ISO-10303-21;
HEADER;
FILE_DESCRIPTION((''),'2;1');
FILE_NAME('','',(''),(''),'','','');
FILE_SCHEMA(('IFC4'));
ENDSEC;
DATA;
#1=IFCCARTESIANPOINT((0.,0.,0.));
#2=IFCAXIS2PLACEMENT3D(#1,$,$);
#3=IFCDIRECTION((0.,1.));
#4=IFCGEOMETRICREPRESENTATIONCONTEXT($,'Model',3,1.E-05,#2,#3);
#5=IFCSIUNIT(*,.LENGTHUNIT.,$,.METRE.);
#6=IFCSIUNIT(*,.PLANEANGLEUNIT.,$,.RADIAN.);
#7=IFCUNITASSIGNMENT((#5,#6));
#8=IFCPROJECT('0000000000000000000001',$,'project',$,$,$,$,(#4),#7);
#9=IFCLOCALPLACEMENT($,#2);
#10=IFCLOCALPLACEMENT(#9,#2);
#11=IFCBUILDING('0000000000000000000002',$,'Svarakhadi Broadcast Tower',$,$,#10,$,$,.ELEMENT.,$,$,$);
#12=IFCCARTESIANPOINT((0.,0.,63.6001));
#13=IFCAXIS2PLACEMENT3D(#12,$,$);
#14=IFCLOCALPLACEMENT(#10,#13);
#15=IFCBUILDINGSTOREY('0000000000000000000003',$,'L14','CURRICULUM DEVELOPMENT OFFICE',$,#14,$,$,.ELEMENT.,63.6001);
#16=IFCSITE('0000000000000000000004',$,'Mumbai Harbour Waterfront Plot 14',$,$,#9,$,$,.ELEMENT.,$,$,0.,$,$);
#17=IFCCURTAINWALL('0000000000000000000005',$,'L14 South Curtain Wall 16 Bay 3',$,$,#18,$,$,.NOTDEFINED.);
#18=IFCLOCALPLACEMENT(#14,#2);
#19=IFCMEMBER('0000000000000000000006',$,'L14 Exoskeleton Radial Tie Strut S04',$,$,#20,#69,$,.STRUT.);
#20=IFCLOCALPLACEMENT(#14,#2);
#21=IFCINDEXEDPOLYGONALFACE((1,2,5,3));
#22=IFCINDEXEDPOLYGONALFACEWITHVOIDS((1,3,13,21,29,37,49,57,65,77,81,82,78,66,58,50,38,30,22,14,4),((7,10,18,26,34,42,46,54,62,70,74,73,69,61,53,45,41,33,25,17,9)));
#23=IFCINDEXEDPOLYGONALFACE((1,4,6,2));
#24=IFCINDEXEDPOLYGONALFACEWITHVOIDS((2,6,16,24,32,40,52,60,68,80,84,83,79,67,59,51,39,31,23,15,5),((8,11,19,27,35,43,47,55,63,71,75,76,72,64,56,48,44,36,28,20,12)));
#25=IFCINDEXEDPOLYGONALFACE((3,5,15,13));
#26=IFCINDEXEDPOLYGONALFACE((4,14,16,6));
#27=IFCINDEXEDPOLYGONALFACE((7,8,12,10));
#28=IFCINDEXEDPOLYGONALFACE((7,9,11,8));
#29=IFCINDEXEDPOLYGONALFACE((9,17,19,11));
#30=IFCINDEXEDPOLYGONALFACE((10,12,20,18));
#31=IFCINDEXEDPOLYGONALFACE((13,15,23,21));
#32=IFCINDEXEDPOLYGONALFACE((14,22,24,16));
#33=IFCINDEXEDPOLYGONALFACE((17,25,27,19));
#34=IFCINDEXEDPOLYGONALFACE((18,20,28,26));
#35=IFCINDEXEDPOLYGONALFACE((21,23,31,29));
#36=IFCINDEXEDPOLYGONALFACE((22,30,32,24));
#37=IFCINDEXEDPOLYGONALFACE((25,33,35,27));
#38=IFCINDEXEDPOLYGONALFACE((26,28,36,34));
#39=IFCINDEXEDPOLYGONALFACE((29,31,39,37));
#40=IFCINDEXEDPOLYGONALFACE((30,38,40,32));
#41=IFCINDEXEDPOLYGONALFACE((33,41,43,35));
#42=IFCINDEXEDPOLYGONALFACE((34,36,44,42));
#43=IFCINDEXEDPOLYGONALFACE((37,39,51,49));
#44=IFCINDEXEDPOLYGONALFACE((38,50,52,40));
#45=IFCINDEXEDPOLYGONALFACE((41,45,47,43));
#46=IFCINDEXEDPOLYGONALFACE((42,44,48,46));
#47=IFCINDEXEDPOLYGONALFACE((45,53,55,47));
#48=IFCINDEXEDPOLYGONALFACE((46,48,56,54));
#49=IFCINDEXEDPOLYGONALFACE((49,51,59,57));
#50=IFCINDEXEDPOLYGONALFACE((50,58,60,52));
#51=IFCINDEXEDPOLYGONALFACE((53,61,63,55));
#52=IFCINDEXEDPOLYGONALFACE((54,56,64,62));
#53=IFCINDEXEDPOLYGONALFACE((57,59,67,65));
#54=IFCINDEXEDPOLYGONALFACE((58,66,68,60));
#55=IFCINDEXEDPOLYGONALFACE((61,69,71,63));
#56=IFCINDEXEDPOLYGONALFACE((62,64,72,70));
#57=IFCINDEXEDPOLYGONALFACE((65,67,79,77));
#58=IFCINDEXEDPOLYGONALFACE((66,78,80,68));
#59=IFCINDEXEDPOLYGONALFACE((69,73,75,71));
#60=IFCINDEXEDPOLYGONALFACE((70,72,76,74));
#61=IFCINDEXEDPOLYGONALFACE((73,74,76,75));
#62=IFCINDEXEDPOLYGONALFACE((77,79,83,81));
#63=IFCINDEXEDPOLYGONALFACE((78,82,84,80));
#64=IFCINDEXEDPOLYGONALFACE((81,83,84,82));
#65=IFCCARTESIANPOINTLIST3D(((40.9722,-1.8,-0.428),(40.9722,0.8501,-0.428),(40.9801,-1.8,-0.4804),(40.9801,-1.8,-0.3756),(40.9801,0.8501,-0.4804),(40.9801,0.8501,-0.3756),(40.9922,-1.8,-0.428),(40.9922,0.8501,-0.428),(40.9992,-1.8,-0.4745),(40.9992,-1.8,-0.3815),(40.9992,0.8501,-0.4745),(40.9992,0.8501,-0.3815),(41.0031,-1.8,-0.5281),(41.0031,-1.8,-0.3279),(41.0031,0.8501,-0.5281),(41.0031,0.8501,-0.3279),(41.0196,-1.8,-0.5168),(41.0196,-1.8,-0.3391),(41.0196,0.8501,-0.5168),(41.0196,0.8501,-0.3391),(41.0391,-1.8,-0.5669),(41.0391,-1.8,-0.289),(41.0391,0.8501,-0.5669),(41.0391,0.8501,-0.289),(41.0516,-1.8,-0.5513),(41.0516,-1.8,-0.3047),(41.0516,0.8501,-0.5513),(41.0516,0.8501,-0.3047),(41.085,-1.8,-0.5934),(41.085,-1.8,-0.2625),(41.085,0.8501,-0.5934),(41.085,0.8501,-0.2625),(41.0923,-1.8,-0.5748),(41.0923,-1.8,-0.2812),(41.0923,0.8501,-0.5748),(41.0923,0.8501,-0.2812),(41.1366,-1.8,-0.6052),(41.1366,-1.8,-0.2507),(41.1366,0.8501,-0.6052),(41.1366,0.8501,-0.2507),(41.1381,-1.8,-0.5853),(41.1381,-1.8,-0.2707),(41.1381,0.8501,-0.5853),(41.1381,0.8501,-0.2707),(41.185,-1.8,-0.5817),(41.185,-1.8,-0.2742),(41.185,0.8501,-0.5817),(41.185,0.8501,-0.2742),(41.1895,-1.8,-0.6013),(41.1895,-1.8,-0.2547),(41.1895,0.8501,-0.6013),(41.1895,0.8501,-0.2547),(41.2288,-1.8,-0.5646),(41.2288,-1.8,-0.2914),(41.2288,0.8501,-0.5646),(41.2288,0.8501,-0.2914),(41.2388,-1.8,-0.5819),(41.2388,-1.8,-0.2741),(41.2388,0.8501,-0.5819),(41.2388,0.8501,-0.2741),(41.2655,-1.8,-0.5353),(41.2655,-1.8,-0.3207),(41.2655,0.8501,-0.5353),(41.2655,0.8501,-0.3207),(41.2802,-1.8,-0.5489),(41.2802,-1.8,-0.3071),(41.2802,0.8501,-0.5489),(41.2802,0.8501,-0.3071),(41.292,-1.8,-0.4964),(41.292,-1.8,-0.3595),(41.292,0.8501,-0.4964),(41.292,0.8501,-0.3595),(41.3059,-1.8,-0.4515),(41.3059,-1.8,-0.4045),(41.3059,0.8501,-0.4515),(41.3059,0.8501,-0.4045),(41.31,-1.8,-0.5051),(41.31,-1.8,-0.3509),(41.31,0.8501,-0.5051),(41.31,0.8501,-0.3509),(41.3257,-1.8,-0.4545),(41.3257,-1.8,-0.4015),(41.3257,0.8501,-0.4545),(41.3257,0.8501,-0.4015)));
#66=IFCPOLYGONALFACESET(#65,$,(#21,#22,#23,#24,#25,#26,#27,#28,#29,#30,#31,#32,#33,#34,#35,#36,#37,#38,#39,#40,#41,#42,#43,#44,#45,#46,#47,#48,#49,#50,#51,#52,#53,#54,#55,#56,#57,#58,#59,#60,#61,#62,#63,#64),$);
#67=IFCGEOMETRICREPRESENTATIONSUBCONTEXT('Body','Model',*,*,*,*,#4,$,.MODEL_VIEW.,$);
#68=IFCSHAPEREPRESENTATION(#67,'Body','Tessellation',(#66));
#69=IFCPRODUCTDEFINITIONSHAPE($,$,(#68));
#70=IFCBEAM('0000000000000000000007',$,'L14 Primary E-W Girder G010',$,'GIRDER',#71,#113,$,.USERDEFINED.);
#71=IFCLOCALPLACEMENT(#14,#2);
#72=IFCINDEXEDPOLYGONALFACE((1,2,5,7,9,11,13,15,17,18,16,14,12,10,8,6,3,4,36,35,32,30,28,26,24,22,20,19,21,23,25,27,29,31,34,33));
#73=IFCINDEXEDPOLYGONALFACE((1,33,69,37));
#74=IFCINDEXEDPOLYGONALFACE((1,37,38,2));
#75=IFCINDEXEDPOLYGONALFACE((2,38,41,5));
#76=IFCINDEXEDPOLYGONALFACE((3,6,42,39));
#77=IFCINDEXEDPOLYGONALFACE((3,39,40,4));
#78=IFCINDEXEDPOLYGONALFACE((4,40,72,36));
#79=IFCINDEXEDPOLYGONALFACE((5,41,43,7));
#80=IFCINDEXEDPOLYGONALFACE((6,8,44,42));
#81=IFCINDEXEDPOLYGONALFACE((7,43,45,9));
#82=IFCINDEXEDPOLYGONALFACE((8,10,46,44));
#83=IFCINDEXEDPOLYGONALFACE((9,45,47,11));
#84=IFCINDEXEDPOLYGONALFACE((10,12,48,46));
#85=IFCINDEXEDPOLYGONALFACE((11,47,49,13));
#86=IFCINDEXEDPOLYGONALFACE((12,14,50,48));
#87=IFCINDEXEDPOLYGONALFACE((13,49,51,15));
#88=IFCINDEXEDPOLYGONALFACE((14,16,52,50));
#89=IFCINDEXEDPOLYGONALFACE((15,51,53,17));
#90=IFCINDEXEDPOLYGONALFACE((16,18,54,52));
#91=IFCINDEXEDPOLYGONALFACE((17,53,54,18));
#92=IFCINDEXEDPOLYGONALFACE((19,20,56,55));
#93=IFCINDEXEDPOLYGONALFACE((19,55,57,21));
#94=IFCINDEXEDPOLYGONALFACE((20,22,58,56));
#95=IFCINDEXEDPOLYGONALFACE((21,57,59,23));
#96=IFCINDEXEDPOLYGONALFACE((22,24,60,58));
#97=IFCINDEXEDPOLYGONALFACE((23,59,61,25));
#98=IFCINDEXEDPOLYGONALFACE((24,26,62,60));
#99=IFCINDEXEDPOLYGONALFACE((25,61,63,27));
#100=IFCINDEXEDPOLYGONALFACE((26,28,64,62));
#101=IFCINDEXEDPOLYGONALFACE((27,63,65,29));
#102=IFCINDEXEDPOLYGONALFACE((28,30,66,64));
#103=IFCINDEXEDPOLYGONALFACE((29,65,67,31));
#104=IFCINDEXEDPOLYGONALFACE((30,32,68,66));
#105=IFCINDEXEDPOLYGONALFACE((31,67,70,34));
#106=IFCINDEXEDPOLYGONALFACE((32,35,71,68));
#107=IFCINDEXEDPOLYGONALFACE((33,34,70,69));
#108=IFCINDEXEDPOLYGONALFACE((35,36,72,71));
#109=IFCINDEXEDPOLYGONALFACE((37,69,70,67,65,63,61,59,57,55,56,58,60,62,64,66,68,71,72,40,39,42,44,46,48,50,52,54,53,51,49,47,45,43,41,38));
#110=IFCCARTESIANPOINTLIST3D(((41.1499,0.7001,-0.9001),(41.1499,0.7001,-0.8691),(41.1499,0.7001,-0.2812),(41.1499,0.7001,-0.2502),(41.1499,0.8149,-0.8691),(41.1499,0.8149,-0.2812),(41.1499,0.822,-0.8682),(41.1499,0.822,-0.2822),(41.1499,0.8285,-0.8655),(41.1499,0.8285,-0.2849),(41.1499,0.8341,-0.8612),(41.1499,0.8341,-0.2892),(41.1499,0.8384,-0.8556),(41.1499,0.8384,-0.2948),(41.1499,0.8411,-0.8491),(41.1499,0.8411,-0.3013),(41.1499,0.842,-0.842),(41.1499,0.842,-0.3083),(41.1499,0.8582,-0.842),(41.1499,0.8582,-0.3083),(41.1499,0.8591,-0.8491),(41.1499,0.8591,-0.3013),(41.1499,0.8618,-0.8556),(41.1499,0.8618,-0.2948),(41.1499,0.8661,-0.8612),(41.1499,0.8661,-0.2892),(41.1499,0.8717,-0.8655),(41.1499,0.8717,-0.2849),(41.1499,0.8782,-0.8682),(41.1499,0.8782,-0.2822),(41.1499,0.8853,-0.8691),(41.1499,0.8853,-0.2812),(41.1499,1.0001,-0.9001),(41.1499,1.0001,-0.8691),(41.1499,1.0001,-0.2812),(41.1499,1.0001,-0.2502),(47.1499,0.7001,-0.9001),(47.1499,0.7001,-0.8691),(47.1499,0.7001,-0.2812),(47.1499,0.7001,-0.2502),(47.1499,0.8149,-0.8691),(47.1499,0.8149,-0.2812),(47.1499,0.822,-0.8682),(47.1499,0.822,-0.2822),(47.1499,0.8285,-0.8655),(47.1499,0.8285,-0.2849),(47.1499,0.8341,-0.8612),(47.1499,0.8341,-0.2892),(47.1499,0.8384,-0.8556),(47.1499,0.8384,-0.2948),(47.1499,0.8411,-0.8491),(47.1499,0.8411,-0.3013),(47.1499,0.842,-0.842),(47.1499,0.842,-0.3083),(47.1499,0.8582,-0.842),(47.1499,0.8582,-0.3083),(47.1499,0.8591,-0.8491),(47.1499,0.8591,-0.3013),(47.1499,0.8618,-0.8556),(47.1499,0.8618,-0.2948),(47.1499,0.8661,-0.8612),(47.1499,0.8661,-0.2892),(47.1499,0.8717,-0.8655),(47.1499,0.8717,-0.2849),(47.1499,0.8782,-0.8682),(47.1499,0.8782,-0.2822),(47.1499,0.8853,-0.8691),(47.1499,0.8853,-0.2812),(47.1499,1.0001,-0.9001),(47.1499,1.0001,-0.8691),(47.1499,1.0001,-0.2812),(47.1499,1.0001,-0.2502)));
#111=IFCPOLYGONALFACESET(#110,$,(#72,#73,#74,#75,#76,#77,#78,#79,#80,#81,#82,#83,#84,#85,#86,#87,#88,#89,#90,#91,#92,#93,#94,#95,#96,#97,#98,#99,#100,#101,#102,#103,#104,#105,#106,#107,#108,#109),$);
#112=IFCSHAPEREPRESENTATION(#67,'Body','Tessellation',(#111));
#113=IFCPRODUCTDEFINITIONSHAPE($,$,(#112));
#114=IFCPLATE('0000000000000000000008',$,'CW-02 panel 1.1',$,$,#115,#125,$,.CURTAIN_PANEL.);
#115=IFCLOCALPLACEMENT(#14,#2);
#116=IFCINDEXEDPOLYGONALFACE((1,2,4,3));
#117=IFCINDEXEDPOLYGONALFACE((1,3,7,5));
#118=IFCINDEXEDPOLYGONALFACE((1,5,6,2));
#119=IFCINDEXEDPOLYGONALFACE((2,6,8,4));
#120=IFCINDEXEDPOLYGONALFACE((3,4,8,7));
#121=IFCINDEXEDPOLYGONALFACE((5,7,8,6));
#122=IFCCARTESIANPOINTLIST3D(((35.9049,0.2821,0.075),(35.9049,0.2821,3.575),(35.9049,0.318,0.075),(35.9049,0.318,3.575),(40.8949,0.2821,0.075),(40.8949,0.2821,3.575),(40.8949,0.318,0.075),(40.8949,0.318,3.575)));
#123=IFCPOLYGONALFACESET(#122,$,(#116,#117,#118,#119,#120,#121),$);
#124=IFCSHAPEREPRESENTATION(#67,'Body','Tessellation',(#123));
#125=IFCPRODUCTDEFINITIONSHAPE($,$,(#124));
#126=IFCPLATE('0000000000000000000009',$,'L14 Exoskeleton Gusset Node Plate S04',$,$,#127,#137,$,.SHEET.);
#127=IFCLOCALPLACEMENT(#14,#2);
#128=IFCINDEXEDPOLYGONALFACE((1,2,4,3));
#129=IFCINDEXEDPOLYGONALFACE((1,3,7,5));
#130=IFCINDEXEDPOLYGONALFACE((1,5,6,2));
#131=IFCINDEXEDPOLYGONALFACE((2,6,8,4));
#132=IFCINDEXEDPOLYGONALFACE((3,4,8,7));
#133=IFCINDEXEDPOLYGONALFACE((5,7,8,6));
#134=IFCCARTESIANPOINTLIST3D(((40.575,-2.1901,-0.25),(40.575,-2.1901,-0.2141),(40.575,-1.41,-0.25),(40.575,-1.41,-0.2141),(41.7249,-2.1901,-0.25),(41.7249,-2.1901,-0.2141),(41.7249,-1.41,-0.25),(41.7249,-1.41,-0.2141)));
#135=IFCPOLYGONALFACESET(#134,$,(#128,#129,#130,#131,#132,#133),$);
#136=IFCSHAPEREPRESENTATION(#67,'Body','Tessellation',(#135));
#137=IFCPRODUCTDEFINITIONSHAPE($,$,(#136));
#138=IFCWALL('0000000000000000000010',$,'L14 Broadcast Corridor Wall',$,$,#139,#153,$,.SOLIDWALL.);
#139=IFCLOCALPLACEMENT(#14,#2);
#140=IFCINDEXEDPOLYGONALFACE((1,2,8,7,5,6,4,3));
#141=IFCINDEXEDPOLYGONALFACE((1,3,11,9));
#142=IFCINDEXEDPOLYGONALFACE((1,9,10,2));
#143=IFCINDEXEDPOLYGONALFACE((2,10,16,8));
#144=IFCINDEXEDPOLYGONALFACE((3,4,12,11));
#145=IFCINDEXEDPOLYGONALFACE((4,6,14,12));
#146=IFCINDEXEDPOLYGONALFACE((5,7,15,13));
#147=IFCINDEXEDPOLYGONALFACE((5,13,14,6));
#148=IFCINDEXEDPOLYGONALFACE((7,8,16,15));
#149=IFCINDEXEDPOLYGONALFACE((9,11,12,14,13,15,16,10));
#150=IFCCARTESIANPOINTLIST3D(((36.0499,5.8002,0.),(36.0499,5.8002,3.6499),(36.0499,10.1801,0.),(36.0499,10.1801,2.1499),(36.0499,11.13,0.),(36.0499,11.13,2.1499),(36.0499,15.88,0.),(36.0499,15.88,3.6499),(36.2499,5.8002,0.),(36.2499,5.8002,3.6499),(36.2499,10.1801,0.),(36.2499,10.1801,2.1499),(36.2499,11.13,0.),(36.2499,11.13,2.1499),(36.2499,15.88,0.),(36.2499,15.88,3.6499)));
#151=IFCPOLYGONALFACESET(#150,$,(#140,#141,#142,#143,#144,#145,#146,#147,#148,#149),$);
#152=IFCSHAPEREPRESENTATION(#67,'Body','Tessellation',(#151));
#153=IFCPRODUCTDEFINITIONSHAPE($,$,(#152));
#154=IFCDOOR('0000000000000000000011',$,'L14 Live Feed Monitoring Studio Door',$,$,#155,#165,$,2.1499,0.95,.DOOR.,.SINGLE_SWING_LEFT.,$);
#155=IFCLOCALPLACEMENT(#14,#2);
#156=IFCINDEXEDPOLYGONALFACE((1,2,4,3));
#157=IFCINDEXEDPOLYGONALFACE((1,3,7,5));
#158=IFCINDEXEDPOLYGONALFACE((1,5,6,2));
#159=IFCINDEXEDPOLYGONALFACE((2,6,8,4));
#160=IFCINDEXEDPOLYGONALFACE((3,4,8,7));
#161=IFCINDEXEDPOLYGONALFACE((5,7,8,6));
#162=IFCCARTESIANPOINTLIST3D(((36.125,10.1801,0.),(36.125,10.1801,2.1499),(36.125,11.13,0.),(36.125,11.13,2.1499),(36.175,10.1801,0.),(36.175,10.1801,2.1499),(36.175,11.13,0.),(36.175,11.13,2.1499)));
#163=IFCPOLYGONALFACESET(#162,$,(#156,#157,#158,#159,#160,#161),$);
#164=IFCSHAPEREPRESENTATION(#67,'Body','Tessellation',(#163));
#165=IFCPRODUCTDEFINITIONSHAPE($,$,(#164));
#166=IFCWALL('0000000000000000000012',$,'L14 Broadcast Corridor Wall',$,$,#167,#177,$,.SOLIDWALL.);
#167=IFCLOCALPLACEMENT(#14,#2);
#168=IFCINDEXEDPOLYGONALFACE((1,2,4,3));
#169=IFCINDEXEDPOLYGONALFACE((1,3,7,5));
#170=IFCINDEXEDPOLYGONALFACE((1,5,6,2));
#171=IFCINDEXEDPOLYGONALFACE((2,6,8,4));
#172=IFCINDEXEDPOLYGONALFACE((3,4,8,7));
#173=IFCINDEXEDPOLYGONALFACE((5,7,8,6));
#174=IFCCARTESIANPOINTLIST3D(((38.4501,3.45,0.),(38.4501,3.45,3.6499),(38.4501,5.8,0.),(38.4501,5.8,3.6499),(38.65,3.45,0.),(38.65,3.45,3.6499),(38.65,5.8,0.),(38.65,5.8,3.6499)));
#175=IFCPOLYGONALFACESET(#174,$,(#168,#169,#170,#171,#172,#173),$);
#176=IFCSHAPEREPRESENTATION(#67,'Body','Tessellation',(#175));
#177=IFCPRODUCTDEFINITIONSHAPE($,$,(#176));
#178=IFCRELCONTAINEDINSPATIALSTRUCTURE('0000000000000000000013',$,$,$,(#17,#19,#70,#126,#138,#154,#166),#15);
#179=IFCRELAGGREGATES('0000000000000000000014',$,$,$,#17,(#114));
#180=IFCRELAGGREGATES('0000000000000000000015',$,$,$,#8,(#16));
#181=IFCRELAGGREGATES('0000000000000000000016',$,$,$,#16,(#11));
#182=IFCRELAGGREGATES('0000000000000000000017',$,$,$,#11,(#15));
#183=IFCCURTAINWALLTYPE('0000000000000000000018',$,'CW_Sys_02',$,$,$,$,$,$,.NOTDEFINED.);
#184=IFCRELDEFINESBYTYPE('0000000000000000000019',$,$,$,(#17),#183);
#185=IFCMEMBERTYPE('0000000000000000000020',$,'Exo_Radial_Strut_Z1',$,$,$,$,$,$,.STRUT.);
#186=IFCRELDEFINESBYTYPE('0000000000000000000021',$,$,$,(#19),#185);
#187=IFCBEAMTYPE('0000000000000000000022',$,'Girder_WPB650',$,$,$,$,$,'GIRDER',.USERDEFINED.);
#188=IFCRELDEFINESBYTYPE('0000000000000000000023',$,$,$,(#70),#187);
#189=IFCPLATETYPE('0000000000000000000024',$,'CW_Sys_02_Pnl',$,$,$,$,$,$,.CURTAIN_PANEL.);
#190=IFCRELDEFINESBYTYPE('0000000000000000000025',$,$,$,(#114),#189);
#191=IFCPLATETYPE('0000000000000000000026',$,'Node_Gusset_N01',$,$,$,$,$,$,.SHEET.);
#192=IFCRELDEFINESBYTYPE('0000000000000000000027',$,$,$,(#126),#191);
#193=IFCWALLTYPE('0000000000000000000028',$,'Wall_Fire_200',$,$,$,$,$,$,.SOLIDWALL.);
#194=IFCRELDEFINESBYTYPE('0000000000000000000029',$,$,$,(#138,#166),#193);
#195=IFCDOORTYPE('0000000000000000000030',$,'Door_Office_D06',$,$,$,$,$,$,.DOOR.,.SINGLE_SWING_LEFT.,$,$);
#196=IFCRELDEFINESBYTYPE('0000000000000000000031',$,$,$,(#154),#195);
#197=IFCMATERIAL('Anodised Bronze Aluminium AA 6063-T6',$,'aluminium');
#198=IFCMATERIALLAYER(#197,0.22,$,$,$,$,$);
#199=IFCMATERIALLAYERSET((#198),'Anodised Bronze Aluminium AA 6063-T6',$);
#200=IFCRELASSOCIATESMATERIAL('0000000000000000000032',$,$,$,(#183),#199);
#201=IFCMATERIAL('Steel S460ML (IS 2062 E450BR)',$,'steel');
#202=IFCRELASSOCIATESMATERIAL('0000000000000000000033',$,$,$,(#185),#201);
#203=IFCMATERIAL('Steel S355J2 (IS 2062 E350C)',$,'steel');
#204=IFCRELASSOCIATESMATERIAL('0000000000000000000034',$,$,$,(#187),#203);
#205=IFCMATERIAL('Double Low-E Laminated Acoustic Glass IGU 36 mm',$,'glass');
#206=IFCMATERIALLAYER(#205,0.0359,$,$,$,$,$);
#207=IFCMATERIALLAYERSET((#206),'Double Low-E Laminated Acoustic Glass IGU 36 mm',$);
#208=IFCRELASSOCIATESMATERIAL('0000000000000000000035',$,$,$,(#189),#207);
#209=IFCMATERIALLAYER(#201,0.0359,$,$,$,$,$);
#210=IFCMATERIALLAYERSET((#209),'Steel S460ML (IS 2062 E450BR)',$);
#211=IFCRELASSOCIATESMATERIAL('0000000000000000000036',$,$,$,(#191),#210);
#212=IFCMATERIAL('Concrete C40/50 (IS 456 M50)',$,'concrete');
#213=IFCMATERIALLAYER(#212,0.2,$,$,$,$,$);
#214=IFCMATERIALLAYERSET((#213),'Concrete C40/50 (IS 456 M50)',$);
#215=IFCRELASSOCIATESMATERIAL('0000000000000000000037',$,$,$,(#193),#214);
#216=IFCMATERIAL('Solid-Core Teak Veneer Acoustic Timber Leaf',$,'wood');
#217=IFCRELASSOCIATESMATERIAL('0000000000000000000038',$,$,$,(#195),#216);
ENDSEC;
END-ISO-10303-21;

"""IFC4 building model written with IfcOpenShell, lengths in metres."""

from ifc_helpers import new_model, si_unit, direction, frame, frame_2d, origin, origin_2d, place, context, subcontext, project, spatial, rectangle, hollow_circle, i_section, extrude, material, layer, layer_set, material_profile, profile_set, type_object, element, fill, aggregate, save


model = new_model("IFC4")

# Units and contexts
model_context = context("Model", 3, precision=1e-05, world=origin(), true_north=direction((0.0, 1.0)))
body_context = subcontext(model_context, "Body", "Model", "MODEL_VIEW")
ifc_project = project(units=[si_unit("LENGTHUNIT", "METRE"), si_unit("PLANEANGLEUNIT", "RADIAN")], contexts=[model_context])

# Site, building, storey
site_placement = place(None, origin())
site = spatial("IfcSite", under=ifc_project, at=site_placement, Name="Mumbai Harbour Waterfront Plot 14", CompositionType="ELEMENT", RefElevation=0.0)
building_placement = place(site_placement, origin())
building = spatial("IfcBuilding", under=site, at=building_placement, Name="Svarakhadi Broadcast Tower", CompositionType="ELEMENT")
storey_placement = place(building_placement, frame((0.0, 0.0, 63.6001)))
storey = spatial("IfcBuildingStorey", under=building, at=storey_placement, Name="L14", Description="CURRICULUM DEVELOPMENT OFFICE", CompositionType="ELEMENT", Elevation=63.6001)

# Shared definitions
ifc_material_1 = material(Name="Steel S460ML (IS 2062 E450BR)", Category="steel")

# Shared definitions
ifc_material_2 = material(Name="Steel S355J2 (IS 2062 E350C)", Category="steel")

# Curtain wall
ifc_material_3 = material(Name="Anodised Bronze Aluminium AA 6063-T6", Category="aluminium")
ifc_layer_1 = layer(ifc_material_3, 0.22)
ifc_layer_set_1 = layer_set([ifc_layer_1], Name="Anodised Bronze Aluminium AA 6063-T6")
curtain_wall_type = type_object("IfcCurtainWallType", Name="CW_Sys_02", PredefinedType="NOTDEFINED", material=ifc_layer_set_1)
curtain_wall_placement = place(storey_placement, origin())
curtain_wall = element("IfcCurtainWall", 1, at=curtain_wall_placement, inside=storey, type_object=curtain_wall_type, Name="L14 South Curtain Wall 16 Bay 3", PredefinedType="NOTDEFINED")

# Member
ifc_material_profile_1 = material_profile(ifc_material_1, hollow_circle(Radius=0.1777, WallThickness=0.02, at=origin_2d()), Name="CHS 355.6x20")
ifc_profile_set_1 = profile_set([ifc_material_profile_1], Name="Steel S460ML (IS 2062 E450BR)")
member_type_1 = type_object("IfcMemberType", Name="Exo_Radial_Strut_Z1", PredefinedType="STRUT", material=ifc_profile_set_1)
member_1_placement = place(storey_placement, frame((41.1499, -1.8, -0.428), z_axis=(0.0, 1.0, 0.0), x_axis=(-1.0, 0.0, 0.0)))
element("IfcMember", 2, at=member_1_placement, inside=storey, type_object=member_type_1, Name="L14 Exoskeleton Radial Tie Strut S04", PredefinedType="STRUT", context=body_context, shape_type="SweptSolid", body=[
    extrude(hollow_circle(Radius=0.1777, WallThickness=0.02, at=origin_2d()), origin(), (0.0, 0.0, 1.0), 2.6501),
])

# Beam
ifc_material_profile_2 = material_profile(ifc_material_2, i_section(OverallWidth=0.3, OverallDepth=0.6499, WebThickness=0.0161, FlangeThickness=0.031, FilletRadius=0.0271, at=origin_2d()), Name="WPB 650x300x225")
ifc_profile_set_2 = profile_set([ifc_material_profile_2], Name="Steel S355J2 (IS 2062 E350C)")
beam_type_1 = type_object("IfcBeamType", Name="Girder_WPB650", ElementType="GIRDER", PredefinedType="USERDEFINED", material=ifc_profile_set_2)
beam_1_placement = place(storey_placement, frame((41.1499, 0.8501, -0.5752), z_axis=(1.0, 0.0, 0.0), x_axis=(0.0, 1.0, 0.0)))
element("IfcBeam", 3, at=beam_1_placement, inside=storey, type_object=beam_type_1, Name="L14 Primary E-W Girder G010", ObjectType="GIRDER", PredefinedType="USERDEFINED", context=body_context, shape_type="SweptSolid", body=[
    extrude(i_section(OverallWidth=0.3, OverallDepth=0.6499, WebThickness=0.0161, FlangeThickness=0.031, FilletRadius=0.0271, at=origin_2d()), origin(), (0.0, 0.0, 1.0), 6.0),
])

# Plates
ifc_material_4 = material(Name="Double Low-E Laminated Acoustic Glass IGU 36 mm", Category="glass")
ifc_layer_2 = layer(ifc_material_4, 0.0359)
ifc_layer_set_2 = layer_set([ifc_layer_2], Name="Double Low-E Laminated Acoustic Glass IGU 36 mm")
plate_type_1 = type_object("IfcPlateType", Name="CW_Sys_02_Pnl", PredefinedType="CURTAIN_PANEL", material=ifc_layer_set_2)
plate_1_placement = place(storey_placement, frame((38.3999, 0.3, 0.075), z_axis=(0.0, 0.0, 1.0), x_axis=(-1.0, 0.0, 0.0)))
plate_1 = element("IfcPlate", 4, at=plate_1_placement, type_object=plate_type_1, Name="CW-02 panel 1.1", PredefinedType="CURTAIN_PANEL", context=body_context, shape_type="SweptSolid", body=[
    extrude(rectangle(XDim=4.99, YDim=0.0359, at=origin_2d()), origin(), (0.0, 0.0, 1.0), 3.5),
])
aggregate(curtain_wall, [plate_1])
ifc_layer_3 = layer(ifc_material_1, 0.0359)
ifc_layer_set_3 = layer_set([ifc_layer_3], Name="Steel S460ML (IS 2062 E450BR)")
plate_type_2 = type_object("IfcPlateType", Name="Node_Gusset_N01", PredefinedType="SHEET", material=ifc_layer_set_3)
plate_2_placement = place(storey_placement, frame((41.1499, -1.8, -0.25), z_axis=(0.0, 0.0, 1.0), x_axis=(1.0, 0.0, 0.0)))
element("IfcPlate", 5, at=plate_2_placement, inside=storey, type_object=plate_type_2, Name="L14 Exoskeleton Gusset Node Plate S04", PredefinedType="SHEET", context=body_context, shape_type="SweptSolid", body=[
    extrude(rectangle(XDim=1.1499, YDim=0.78, at=origin_2d()), origin(), (0.0, 0.0, 1.0), 0.0359),
])

# Wall, opening, door
ifc_material_5 = material(Name="Concrete C40/50 (IS 456 M50)", Category="concrete")
ifc_layer_4 = layer(ifc_material_5, 0.2)
ifc_layer_set_4 = layer_set([ifc_layer_4], Name="Concrete C40/50 (IS 456 M50)")
wall_type_1 = type_object("IfcWallType", Name="Wall_Fire_200", PredefinedType="SOLIDWALL", material=ifc_layer_set_4)
wall_1_placement = place(storey_placement, frame((36.1499, 5.8, 0.0), z_axis=(0.0, 0.0, 1.0), x_axis=(0.0, 1.0, 0.0)))
wall_1 = element("IfcWall", 6, at=wall_1_placement, inside=storey, type_object=wall_type_1, Name="L14 Broadcast Corridor Wall", PredefinedType="SOLIDWALL", context=body_context, shape_type="SweptSolid", body=[
    extrude(rectangle(XDim=10.0798, YDim=0.2, at=frame_2d((5.04, 0.0))), origin(), (0.0, 0.0, 1.0), 3.6499),
])
opening_1_placement = place(wall_1_placement, frame((4.3799, 0.0, 0.0)))
opening_1 = element("IfcOpeningElement", 7, at=opening_1_placement, cuts=wall_1, PredefinedType="OPENING", context=body_context, shape_type="SweptSolid", body=[
    extrude(rectangle(XDim=0.95, YDim=2.1499, at=frame_2d((0.4751, 1.075))), frame((0.0, 0.1099, 0.0), z_axis=(0.0, -1.0, 0.0), x_axis=(1.0, 0.0, 0.0)), (0.0, 0.0, 1.0), 0.22),
])
ifc_material_6 = material(Name="Solid-Core Teak Veneer Acoustic Timber Leaf", Category="wood")
door_type_1 = type_object("IfcDoorType", Name="Door_Office_D06", OperationType="SINGLE_SWING_LEFT", PredefinedType="DOOR", material=ifc_material_6)
door_1_placement = place(opening_1_placement, origin())
door_1 = element("IfcDoor", 8, at=door_1_placement, inside=storey, type_object=door_type_1, Name="L14 Live Feed Monitoring Studio Door", OperationType="SINGLE_SWING_LEFT", OverallHeight=2.1499, OverallWidth=0.95, PredefinedType="DOOR", context=body_context, shape_type="SweptSolid", body=[
    extrude(rectangle(XDim=0.95, YDim=2.1499, at=frame_2d((0.4751, 1.075))), frame((0.0, 0.0249, 0.0), z_axis=(0.0, -1.0, 0.0), x_axis=(1.0, 0.0, 0.0)), (0.0, 0.0, 1.0), 0.05),
])
fill(opening_1, door_1)

# Wall
wall_2_placement = place(storey_placement, frame((38.55, 5.8, 0.0), z_axis=(0.0, 0.0, 1.0), x_axis=(0.0, -1.0, 0.0)))
element("IfcWall", 9, at=wall_2_placement, inside=storey, type_object=wall_type_1, Name="L14 Broadcast Corridor Wall", PredefinedType="SOLIDWALL", context=body_context, shape_type="SweptSolid", body=[
    extrude(rectangle(XDim=2.3501, YDim=0.2, at=frame_2d((1.175, 0.0))), origin(), (0.0, 0.0, 1.0), 3.6499),
])

save(model, "model.ifc")
